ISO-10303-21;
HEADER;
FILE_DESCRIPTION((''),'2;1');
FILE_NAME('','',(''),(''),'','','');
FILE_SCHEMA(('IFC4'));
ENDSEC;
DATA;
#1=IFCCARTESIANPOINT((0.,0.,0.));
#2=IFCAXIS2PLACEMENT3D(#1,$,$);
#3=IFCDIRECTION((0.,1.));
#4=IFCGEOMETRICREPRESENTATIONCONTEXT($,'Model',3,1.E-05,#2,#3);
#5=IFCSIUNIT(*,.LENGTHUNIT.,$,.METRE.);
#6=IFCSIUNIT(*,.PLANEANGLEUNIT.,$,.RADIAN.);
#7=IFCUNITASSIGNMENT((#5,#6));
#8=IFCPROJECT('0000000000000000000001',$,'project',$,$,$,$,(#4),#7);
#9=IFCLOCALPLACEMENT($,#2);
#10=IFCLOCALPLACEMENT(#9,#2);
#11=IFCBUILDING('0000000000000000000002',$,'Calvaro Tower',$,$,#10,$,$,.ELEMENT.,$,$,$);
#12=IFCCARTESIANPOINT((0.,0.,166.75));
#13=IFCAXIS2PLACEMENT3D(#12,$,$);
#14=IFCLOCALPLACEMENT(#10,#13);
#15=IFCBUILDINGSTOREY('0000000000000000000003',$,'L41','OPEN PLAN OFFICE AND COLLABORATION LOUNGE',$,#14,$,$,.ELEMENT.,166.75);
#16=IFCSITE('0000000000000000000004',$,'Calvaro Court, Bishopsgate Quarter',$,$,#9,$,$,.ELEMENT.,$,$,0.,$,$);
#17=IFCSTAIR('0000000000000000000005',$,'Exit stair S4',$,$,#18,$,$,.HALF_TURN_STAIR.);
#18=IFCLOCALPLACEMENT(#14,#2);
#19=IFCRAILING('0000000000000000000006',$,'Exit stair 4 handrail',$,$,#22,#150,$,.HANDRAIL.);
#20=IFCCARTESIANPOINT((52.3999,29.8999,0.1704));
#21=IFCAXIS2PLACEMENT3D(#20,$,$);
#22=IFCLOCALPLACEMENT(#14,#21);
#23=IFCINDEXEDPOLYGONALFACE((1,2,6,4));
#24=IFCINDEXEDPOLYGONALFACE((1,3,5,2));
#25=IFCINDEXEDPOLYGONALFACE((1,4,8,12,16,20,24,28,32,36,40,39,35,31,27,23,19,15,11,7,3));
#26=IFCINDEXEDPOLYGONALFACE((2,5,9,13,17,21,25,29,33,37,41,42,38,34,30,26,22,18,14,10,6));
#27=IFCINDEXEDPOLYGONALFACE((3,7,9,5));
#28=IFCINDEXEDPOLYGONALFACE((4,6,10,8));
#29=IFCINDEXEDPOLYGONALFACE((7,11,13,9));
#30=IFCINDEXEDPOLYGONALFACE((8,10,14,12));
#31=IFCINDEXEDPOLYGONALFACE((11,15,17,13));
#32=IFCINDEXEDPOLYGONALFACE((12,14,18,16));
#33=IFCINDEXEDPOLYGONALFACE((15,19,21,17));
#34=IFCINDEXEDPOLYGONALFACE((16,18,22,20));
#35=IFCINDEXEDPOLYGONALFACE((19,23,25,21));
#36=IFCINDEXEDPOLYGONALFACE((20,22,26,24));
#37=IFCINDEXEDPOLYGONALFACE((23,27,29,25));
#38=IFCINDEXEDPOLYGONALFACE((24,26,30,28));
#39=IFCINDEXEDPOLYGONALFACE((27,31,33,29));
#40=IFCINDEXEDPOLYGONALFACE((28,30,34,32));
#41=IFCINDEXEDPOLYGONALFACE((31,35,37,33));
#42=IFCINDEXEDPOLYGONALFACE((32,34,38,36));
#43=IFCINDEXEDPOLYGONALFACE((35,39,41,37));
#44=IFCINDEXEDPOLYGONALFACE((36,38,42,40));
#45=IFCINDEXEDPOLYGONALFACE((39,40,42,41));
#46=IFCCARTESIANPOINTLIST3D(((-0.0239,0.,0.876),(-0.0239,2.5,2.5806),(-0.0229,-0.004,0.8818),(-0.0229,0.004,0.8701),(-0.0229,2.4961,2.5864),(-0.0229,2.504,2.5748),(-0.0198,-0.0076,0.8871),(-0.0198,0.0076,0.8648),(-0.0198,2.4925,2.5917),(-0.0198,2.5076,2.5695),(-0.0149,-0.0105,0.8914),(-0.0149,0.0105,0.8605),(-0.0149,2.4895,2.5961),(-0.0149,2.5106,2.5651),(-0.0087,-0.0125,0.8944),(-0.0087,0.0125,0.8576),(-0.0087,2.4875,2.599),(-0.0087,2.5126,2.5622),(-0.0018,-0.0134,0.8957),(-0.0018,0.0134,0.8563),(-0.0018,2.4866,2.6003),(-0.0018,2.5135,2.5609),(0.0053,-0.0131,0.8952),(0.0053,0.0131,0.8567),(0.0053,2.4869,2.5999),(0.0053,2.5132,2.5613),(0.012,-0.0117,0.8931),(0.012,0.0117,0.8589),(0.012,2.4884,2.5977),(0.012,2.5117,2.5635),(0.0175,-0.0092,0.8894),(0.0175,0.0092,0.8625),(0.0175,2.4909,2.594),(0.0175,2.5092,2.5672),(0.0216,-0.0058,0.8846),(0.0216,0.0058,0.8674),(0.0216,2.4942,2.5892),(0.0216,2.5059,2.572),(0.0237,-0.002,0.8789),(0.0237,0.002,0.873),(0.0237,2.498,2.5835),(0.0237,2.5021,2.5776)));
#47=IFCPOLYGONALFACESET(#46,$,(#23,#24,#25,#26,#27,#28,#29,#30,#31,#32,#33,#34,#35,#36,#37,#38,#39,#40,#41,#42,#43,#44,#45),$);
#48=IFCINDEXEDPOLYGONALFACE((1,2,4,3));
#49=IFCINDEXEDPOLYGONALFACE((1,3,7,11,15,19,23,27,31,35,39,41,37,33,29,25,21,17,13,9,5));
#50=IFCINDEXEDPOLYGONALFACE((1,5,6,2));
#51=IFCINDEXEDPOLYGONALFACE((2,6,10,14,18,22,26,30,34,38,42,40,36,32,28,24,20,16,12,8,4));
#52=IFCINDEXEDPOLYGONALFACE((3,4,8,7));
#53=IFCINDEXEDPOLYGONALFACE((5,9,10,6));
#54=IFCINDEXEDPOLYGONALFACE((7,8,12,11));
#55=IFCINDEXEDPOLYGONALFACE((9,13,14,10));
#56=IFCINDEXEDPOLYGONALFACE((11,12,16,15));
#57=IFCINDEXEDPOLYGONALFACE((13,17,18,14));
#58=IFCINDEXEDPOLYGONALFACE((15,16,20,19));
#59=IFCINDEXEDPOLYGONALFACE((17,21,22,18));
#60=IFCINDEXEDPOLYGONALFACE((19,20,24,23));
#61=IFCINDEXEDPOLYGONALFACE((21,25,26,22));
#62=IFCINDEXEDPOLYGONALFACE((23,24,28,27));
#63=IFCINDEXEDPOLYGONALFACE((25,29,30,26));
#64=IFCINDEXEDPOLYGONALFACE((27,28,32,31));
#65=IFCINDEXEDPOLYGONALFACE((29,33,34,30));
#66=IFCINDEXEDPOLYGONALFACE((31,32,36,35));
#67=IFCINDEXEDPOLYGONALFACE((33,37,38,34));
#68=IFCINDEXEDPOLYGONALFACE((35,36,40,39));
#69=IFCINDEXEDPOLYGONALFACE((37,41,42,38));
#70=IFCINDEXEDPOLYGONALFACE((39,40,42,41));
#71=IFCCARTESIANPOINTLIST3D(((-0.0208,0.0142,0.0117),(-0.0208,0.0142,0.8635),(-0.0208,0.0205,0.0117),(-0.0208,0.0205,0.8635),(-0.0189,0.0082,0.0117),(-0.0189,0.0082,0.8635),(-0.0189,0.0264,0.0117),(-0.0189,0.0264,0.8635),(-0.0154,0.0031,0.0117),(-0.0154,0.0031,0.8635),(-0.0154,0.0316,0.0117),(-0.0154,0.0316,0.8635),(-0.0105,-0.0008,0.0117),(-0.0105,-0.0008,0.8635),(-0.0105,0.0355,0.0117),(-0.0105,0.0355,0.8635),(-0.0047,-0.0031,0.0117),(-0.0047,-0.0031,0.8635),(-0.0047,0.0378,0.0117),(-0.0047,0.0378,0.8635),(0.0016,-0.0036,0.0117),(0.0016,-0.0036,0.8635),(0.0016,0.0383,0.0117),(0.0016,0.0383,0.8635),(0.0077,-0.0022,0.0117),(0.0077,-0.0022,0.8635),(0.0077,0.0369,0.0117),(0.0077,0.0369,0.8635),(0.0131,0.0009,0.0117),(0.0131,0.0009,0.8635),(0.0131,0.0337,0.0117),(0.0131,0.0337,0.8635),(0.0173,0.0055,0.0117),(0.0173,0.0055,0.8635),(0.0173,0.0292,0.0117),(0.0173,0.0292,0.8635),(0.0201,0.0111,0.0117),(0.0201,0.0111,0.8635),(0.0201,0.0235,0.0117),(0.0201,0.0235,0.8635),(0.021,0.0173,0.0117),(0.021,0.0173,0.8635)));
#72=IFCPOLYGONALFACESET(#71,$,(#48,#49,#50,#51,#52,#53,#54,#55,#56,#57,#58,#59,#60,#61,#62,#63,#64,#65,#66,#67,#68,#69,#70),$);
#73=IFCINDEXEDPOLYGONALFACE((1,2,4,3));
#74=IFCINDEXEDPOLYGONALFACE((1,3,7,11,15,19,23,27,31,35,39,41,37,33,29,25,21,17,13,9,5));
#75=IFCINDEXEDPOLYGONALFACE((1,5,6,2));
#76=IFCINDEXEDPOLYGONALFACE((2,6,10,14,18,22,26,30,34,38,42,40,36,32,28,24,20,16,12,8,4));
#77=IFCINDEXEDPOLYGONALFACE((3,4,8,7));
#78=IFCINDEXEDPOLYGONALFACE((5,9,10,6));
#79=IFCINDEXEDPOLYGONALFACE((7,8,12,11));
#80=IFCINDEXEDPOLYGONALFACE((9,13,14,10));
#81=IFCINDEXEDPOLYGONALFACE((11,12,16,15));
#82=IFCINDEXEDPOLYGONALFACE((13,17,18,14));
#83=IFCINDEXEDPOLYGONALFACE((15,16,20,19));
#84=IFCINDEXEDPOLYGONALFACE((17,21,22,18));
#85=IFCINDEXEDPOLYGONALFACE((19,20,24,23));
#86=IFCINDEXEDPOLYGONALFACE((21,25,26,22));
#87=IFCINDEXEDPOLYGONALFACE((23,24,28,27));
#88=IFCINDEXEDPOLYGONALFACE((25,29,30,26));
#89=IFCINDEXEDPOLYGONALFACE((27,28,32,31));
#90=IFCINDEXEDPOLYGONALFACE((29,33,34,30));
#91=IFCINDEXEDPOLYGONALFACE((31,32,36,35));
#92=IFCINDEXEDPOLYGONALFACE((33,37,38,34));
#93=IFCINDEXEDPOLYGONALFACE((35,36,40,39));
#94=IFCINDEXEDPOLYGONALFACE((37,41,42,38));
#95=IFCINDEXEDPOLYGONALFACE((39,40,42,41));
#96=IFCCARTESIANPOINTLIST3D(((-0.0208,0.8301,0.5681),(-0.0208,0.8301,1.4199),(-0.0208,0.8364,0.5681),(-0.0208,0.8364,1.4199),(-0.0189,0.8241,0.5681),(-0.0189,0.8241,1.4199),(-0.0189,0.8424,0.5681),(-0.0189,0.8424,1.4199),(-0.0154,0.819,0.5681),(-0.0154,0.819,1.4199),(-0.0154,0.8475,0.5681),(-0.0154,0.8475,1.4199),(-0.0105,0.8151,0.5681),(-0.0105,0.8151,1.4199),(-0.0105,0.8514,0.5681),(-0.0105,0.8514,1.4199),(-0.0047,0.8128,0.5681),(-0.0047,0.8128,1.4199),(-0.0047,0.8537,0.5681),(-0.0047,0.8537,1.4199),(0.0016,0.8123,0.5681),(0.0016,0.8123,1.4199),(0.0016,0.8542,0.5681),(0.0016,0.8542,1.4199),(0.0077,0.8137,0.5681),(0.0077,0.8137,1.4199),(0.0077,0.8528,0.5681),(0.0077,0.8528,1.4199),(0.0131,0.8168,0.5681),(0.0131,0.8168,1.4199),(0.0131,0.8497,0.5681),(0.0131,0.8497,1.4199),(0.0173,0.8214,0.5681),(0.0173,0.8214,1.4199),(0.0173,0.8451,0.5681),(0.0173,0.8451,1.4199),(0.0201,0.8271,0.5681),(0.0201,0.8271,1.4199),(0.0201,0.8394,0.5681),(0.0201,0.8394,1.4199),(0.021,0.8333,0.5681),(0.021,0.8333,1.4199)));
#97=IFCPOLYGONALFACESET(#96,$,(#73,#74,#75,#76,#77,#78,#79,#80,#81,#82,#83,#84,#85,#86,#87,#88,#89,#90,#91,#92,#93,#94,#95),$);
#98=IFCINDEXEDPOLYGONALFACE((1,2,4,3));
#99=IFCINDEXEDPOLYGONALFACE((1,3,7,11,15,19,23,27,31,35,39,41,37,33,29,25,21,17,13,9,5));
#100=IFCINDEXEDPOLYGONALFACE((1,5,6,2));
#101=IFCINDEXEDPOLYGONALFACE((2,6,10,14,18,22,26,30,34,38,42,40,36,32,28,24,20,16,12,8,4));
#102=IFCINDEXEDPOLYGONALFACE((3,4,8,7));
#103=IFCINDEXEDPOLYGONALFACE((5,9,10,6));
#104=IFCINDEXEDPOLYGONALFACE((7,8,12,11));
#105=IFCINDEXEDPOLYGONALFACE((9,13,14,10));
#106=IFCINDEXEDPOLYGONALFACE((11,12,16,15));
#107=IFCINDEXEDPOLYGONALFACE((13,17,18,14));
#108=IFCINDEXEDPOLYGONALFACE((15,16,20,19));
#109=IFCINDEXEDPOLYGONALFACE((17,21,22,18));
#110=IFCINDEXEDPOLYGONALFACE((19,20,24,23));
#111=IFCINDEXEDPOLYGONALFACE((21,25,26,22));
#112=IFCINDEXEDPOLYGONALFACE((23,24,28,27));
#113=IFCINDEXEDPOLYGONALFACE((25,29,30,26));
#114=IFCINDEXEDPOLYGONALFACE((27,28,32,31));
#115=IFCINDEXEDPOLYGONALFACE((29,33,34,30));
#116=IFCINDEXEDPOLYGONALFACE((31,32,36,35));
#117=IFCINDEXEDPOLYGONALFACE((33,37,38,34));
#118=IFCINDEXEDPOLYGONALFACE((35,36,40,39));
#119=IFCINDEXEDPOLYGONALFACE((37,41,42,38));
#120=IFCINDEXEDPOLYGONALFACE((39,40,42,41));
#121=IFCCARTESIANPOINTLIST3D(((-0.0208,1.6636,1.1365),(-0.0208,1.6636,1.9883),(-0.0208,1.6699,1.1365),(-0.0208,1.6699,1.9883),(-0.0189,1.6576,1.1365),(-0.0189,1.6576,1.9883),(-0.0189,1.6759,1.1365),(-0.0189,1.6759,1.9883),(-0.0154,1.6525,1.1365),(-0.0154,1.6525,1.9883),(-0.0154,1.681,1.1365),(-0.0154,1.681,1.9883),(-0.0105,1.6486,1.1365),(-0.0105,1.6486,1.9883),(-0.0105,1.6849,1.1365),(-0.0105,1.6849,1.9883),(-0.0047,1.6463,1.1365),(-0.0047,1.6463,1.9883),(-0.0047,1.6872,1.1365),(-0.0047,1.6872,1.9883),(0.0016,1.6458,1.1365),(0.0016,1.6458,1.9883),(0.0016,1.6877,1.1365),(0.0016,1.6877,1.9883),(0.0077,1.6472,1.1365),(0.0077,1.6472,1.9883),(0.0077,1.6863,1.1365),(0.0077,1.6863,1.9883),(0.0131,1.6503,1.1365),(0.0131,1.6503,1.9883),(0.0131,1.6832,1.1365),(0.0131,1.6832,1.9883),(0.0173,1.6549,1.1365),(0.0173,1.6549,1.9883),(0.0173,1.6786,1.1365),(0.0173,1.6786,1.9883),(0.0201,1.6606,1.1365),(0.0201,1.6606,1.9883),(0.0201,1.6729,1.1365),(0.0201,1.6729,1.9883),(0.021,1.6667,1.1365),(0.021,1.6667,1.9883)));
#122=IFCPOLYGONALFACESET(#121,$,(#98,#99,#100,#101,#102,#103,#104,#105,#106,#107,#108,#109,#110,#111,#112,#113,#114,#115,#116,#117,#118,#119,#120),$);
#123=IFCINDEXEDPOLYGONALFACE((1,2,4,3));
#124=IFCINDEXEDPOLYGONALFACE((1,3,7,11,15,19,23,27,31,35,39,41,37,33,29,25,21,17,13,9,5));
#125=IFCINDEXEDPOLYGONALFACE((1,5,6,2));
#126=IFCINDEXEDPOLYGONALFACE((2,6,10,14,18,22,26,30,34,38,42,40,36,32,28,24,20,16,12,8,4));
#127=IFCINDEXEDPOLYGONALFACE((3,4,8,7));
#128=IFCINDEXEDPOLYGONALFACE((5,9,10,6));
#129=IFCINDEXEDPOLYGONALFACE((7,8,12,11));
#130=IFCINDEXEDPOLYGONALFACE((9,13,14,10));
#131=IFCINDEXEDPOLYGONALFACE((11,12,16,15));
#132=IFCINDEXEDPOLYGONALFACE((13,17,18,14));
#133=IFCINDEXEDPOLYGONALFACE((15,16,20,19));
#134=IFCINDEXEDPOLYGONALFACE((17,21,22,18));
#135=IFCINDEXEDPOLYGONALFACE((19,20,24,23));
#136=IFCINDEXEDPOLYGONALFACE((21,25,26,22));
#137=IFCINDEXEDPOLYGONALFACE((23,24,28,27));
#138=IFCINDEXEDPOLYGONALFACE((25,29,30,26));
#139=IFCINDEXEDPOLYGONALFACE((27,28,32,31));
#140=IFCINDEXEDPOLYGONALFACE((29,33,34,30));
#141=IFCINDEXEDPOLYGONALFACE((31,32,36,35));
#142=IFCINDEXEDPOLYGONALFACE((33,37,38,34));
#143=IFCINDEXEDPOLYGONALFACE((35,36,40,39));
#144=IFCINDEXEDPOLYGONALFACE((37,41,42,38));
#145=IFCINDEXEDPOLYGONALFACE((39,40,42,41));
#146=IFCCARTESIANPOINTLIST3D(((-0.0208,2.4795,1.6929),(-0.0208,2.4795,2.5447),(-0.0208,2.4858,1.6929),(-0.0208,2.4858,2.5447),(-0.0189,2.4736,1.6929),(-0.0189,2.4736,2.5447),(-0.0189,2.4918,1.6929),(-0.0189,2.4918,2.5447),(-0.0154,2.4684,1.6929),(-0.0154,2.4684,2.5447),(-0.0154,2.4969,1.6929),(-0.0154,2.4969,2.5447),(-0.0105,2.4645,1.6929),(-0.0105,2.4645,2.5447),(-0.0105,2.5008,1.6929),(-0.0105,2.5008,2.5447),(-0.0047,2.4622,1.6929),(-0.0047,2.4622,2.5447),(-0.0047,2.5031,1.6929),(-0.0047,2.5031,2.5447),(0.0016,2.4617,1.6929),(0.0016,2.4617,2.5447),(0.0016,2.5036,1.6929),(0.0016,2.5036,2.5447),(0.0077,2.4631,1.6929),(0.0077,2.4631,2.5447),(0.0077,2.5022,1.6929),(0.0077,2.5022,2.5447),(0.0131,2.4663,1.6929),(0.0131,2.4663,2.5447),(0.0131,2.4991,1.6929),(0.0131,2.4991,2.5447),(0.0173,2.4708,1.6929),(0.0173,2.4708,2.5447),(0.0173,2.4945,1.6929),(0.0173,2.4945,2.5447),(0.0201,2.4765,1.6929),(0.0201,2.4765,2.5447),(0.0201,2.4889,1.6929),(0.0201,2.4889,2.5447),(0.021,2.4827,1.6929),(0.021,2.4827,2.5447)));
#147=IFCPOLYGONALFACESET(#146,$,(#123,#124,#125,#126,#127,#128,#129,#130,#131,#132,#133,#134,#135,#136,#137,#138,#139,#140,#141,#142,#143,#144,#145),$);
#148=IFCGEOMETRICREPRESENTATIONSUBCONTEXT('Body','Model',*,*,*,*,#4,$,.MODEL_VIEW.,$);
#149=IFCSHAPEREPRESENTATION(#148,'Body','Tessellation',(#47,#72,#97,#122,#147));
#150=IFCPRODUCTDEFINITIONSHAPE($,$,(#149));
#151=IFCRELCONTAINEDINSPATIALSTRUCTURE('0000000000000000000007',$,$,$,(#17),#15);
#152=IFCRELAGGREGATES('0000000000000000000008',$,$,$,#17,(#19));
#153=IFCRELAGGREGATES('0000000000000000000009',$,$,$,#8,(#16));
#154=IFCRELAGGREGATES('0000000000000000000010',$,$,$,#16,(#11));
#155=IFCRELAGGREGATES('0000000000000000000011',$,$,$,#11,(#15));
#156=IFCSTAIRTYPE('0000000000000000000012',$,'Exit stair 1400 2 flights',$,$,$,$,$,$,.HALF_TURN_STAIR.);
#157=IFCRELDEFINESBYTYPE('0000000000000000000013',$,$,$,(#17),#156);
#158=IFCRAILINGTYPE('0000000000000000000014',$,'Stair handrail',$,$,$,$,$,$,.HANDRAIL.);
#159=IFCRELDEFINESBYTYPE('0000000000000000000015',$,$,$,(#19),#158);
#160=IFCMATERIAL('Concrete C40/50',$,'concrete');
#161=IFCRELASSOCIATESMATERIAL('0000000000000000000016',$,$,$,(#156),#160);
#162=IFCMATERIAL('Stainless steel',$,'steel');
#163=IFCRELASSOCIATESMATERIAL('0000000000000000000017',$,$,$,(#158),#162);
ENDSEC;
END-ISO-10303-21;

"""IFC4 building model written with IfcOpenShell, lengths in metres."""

from ifc_helpers import new_model, si_unit, direction, frame, origin, origin_2d, place, context, subcontext, project, spatial, circle, extrude, material, type_object, element, aggregate, save


model = new_model("IFC4")

# Units and contexts
model_context = context("Model", 3, precision=1e-05, world=origin(), true_north=direction((0.0, 1.0)))
body_context = subcontext(model_context, "Body", "Model", "MODEL_VIEW")
ifc_project = project(units=[si_unit("LENGTHUNIT", "METRE"), si_unit("PLANEANGLEUNIT", "RADIAN")], contexts=[model_context])

# Site, building, storey
site_placement = place(None, origin())
site = spatial("IfcSite", under=ifc_project, at=site_placement, Name="Calvaro Court, Bishopsgate Quarter", CompositionType="ELEMENT", RefElevation=0.0)
building_placement = place(site_placement, origin())
building = spatial("IfcBuilding", under=site, at=building_placement, Name="Calvaro Tower", CompositionType="ELEMENT")
storey_placement = place(building_placement, frame((0.0, 0.0, 166.75)))
storey = spatial("IfcBuildingStorey", under=building, at=storey_placement, Name="L41", Description="OPEN PLAN OFFICE AND COLLABORATION LOUNGE", CompositionType="ELEMENT", Elevation=166.75)

# Shared definitions
ifc_material_1 = material(Name="Concrete C40/50", Category="concrete")
stair_type = type_object("IfcStairType", Name="Exit stair 1400 2 flights", PredefinedType="HALF_TURN_STAIR", material=ifc_material_1)

# Stair, railing
stair_1_placement = place(storey_placement, origin())
stair_1 = element("IfcStair", 1, at=stair_1_placement, inside=storey, type_object=stair_type, Name="Exit stair S4", PredefinedType="HALF_TURN_STAIR")
ifc_material_2 = material(Name="Stainless steel", Category="steel")
railing_type = type_object("IfcRailingType", Name="Stair handrail", PredefinedType="HANDRAIL", material=ifc_material_2)
railing_1_placement = place(storey_placement, frame((52.3999, 29.8999, 0.1704)))
railing_1 = element("IfcRailing", 2, at=railing_1_placement, type_object=railing_type, Name="Exit stair 4 handrail", PredefinedType="HANDRAIL", context=body_context, shape_type="SweptSolid", body=[
    extrude(circle(Radius=0.0239, at=origin_2d()), frame((0.0, 0.0, 0.876), z_axis=(0.0, 0.826221, 0.563347), x_axis=(-1.0, 0.0, 0.0)), (0.0, 0.0, 1.0), 3.0259),
    extrude(circle(Radius=0.021, at=origin_2d()), frame((0.0, 0.0173, 0.0117)), (0.0, 0.0, 1.0), 0.8518),
    extrude(circle(Radius=0.021, at=origin_2d()), frame((0.0, 0.8333, 0.5681)), (0.0, 0.0, 1.0), 0.8518),
    extrude(circle(Radius=0.021, at=origin_2d()), frame((0.0, 1.6667, 1.1365)), (0.0, 0.0, 1.0), 0.8518),
    extrude(circle(Radius=0.021, at=origin_2d()), frame((0.0, 2.4827, 1.6929)), (0.0, 0.0, 1.0), 0.8518),
])
aggregate(stair_1, [railing_1])

save(model, "model.ifc")
